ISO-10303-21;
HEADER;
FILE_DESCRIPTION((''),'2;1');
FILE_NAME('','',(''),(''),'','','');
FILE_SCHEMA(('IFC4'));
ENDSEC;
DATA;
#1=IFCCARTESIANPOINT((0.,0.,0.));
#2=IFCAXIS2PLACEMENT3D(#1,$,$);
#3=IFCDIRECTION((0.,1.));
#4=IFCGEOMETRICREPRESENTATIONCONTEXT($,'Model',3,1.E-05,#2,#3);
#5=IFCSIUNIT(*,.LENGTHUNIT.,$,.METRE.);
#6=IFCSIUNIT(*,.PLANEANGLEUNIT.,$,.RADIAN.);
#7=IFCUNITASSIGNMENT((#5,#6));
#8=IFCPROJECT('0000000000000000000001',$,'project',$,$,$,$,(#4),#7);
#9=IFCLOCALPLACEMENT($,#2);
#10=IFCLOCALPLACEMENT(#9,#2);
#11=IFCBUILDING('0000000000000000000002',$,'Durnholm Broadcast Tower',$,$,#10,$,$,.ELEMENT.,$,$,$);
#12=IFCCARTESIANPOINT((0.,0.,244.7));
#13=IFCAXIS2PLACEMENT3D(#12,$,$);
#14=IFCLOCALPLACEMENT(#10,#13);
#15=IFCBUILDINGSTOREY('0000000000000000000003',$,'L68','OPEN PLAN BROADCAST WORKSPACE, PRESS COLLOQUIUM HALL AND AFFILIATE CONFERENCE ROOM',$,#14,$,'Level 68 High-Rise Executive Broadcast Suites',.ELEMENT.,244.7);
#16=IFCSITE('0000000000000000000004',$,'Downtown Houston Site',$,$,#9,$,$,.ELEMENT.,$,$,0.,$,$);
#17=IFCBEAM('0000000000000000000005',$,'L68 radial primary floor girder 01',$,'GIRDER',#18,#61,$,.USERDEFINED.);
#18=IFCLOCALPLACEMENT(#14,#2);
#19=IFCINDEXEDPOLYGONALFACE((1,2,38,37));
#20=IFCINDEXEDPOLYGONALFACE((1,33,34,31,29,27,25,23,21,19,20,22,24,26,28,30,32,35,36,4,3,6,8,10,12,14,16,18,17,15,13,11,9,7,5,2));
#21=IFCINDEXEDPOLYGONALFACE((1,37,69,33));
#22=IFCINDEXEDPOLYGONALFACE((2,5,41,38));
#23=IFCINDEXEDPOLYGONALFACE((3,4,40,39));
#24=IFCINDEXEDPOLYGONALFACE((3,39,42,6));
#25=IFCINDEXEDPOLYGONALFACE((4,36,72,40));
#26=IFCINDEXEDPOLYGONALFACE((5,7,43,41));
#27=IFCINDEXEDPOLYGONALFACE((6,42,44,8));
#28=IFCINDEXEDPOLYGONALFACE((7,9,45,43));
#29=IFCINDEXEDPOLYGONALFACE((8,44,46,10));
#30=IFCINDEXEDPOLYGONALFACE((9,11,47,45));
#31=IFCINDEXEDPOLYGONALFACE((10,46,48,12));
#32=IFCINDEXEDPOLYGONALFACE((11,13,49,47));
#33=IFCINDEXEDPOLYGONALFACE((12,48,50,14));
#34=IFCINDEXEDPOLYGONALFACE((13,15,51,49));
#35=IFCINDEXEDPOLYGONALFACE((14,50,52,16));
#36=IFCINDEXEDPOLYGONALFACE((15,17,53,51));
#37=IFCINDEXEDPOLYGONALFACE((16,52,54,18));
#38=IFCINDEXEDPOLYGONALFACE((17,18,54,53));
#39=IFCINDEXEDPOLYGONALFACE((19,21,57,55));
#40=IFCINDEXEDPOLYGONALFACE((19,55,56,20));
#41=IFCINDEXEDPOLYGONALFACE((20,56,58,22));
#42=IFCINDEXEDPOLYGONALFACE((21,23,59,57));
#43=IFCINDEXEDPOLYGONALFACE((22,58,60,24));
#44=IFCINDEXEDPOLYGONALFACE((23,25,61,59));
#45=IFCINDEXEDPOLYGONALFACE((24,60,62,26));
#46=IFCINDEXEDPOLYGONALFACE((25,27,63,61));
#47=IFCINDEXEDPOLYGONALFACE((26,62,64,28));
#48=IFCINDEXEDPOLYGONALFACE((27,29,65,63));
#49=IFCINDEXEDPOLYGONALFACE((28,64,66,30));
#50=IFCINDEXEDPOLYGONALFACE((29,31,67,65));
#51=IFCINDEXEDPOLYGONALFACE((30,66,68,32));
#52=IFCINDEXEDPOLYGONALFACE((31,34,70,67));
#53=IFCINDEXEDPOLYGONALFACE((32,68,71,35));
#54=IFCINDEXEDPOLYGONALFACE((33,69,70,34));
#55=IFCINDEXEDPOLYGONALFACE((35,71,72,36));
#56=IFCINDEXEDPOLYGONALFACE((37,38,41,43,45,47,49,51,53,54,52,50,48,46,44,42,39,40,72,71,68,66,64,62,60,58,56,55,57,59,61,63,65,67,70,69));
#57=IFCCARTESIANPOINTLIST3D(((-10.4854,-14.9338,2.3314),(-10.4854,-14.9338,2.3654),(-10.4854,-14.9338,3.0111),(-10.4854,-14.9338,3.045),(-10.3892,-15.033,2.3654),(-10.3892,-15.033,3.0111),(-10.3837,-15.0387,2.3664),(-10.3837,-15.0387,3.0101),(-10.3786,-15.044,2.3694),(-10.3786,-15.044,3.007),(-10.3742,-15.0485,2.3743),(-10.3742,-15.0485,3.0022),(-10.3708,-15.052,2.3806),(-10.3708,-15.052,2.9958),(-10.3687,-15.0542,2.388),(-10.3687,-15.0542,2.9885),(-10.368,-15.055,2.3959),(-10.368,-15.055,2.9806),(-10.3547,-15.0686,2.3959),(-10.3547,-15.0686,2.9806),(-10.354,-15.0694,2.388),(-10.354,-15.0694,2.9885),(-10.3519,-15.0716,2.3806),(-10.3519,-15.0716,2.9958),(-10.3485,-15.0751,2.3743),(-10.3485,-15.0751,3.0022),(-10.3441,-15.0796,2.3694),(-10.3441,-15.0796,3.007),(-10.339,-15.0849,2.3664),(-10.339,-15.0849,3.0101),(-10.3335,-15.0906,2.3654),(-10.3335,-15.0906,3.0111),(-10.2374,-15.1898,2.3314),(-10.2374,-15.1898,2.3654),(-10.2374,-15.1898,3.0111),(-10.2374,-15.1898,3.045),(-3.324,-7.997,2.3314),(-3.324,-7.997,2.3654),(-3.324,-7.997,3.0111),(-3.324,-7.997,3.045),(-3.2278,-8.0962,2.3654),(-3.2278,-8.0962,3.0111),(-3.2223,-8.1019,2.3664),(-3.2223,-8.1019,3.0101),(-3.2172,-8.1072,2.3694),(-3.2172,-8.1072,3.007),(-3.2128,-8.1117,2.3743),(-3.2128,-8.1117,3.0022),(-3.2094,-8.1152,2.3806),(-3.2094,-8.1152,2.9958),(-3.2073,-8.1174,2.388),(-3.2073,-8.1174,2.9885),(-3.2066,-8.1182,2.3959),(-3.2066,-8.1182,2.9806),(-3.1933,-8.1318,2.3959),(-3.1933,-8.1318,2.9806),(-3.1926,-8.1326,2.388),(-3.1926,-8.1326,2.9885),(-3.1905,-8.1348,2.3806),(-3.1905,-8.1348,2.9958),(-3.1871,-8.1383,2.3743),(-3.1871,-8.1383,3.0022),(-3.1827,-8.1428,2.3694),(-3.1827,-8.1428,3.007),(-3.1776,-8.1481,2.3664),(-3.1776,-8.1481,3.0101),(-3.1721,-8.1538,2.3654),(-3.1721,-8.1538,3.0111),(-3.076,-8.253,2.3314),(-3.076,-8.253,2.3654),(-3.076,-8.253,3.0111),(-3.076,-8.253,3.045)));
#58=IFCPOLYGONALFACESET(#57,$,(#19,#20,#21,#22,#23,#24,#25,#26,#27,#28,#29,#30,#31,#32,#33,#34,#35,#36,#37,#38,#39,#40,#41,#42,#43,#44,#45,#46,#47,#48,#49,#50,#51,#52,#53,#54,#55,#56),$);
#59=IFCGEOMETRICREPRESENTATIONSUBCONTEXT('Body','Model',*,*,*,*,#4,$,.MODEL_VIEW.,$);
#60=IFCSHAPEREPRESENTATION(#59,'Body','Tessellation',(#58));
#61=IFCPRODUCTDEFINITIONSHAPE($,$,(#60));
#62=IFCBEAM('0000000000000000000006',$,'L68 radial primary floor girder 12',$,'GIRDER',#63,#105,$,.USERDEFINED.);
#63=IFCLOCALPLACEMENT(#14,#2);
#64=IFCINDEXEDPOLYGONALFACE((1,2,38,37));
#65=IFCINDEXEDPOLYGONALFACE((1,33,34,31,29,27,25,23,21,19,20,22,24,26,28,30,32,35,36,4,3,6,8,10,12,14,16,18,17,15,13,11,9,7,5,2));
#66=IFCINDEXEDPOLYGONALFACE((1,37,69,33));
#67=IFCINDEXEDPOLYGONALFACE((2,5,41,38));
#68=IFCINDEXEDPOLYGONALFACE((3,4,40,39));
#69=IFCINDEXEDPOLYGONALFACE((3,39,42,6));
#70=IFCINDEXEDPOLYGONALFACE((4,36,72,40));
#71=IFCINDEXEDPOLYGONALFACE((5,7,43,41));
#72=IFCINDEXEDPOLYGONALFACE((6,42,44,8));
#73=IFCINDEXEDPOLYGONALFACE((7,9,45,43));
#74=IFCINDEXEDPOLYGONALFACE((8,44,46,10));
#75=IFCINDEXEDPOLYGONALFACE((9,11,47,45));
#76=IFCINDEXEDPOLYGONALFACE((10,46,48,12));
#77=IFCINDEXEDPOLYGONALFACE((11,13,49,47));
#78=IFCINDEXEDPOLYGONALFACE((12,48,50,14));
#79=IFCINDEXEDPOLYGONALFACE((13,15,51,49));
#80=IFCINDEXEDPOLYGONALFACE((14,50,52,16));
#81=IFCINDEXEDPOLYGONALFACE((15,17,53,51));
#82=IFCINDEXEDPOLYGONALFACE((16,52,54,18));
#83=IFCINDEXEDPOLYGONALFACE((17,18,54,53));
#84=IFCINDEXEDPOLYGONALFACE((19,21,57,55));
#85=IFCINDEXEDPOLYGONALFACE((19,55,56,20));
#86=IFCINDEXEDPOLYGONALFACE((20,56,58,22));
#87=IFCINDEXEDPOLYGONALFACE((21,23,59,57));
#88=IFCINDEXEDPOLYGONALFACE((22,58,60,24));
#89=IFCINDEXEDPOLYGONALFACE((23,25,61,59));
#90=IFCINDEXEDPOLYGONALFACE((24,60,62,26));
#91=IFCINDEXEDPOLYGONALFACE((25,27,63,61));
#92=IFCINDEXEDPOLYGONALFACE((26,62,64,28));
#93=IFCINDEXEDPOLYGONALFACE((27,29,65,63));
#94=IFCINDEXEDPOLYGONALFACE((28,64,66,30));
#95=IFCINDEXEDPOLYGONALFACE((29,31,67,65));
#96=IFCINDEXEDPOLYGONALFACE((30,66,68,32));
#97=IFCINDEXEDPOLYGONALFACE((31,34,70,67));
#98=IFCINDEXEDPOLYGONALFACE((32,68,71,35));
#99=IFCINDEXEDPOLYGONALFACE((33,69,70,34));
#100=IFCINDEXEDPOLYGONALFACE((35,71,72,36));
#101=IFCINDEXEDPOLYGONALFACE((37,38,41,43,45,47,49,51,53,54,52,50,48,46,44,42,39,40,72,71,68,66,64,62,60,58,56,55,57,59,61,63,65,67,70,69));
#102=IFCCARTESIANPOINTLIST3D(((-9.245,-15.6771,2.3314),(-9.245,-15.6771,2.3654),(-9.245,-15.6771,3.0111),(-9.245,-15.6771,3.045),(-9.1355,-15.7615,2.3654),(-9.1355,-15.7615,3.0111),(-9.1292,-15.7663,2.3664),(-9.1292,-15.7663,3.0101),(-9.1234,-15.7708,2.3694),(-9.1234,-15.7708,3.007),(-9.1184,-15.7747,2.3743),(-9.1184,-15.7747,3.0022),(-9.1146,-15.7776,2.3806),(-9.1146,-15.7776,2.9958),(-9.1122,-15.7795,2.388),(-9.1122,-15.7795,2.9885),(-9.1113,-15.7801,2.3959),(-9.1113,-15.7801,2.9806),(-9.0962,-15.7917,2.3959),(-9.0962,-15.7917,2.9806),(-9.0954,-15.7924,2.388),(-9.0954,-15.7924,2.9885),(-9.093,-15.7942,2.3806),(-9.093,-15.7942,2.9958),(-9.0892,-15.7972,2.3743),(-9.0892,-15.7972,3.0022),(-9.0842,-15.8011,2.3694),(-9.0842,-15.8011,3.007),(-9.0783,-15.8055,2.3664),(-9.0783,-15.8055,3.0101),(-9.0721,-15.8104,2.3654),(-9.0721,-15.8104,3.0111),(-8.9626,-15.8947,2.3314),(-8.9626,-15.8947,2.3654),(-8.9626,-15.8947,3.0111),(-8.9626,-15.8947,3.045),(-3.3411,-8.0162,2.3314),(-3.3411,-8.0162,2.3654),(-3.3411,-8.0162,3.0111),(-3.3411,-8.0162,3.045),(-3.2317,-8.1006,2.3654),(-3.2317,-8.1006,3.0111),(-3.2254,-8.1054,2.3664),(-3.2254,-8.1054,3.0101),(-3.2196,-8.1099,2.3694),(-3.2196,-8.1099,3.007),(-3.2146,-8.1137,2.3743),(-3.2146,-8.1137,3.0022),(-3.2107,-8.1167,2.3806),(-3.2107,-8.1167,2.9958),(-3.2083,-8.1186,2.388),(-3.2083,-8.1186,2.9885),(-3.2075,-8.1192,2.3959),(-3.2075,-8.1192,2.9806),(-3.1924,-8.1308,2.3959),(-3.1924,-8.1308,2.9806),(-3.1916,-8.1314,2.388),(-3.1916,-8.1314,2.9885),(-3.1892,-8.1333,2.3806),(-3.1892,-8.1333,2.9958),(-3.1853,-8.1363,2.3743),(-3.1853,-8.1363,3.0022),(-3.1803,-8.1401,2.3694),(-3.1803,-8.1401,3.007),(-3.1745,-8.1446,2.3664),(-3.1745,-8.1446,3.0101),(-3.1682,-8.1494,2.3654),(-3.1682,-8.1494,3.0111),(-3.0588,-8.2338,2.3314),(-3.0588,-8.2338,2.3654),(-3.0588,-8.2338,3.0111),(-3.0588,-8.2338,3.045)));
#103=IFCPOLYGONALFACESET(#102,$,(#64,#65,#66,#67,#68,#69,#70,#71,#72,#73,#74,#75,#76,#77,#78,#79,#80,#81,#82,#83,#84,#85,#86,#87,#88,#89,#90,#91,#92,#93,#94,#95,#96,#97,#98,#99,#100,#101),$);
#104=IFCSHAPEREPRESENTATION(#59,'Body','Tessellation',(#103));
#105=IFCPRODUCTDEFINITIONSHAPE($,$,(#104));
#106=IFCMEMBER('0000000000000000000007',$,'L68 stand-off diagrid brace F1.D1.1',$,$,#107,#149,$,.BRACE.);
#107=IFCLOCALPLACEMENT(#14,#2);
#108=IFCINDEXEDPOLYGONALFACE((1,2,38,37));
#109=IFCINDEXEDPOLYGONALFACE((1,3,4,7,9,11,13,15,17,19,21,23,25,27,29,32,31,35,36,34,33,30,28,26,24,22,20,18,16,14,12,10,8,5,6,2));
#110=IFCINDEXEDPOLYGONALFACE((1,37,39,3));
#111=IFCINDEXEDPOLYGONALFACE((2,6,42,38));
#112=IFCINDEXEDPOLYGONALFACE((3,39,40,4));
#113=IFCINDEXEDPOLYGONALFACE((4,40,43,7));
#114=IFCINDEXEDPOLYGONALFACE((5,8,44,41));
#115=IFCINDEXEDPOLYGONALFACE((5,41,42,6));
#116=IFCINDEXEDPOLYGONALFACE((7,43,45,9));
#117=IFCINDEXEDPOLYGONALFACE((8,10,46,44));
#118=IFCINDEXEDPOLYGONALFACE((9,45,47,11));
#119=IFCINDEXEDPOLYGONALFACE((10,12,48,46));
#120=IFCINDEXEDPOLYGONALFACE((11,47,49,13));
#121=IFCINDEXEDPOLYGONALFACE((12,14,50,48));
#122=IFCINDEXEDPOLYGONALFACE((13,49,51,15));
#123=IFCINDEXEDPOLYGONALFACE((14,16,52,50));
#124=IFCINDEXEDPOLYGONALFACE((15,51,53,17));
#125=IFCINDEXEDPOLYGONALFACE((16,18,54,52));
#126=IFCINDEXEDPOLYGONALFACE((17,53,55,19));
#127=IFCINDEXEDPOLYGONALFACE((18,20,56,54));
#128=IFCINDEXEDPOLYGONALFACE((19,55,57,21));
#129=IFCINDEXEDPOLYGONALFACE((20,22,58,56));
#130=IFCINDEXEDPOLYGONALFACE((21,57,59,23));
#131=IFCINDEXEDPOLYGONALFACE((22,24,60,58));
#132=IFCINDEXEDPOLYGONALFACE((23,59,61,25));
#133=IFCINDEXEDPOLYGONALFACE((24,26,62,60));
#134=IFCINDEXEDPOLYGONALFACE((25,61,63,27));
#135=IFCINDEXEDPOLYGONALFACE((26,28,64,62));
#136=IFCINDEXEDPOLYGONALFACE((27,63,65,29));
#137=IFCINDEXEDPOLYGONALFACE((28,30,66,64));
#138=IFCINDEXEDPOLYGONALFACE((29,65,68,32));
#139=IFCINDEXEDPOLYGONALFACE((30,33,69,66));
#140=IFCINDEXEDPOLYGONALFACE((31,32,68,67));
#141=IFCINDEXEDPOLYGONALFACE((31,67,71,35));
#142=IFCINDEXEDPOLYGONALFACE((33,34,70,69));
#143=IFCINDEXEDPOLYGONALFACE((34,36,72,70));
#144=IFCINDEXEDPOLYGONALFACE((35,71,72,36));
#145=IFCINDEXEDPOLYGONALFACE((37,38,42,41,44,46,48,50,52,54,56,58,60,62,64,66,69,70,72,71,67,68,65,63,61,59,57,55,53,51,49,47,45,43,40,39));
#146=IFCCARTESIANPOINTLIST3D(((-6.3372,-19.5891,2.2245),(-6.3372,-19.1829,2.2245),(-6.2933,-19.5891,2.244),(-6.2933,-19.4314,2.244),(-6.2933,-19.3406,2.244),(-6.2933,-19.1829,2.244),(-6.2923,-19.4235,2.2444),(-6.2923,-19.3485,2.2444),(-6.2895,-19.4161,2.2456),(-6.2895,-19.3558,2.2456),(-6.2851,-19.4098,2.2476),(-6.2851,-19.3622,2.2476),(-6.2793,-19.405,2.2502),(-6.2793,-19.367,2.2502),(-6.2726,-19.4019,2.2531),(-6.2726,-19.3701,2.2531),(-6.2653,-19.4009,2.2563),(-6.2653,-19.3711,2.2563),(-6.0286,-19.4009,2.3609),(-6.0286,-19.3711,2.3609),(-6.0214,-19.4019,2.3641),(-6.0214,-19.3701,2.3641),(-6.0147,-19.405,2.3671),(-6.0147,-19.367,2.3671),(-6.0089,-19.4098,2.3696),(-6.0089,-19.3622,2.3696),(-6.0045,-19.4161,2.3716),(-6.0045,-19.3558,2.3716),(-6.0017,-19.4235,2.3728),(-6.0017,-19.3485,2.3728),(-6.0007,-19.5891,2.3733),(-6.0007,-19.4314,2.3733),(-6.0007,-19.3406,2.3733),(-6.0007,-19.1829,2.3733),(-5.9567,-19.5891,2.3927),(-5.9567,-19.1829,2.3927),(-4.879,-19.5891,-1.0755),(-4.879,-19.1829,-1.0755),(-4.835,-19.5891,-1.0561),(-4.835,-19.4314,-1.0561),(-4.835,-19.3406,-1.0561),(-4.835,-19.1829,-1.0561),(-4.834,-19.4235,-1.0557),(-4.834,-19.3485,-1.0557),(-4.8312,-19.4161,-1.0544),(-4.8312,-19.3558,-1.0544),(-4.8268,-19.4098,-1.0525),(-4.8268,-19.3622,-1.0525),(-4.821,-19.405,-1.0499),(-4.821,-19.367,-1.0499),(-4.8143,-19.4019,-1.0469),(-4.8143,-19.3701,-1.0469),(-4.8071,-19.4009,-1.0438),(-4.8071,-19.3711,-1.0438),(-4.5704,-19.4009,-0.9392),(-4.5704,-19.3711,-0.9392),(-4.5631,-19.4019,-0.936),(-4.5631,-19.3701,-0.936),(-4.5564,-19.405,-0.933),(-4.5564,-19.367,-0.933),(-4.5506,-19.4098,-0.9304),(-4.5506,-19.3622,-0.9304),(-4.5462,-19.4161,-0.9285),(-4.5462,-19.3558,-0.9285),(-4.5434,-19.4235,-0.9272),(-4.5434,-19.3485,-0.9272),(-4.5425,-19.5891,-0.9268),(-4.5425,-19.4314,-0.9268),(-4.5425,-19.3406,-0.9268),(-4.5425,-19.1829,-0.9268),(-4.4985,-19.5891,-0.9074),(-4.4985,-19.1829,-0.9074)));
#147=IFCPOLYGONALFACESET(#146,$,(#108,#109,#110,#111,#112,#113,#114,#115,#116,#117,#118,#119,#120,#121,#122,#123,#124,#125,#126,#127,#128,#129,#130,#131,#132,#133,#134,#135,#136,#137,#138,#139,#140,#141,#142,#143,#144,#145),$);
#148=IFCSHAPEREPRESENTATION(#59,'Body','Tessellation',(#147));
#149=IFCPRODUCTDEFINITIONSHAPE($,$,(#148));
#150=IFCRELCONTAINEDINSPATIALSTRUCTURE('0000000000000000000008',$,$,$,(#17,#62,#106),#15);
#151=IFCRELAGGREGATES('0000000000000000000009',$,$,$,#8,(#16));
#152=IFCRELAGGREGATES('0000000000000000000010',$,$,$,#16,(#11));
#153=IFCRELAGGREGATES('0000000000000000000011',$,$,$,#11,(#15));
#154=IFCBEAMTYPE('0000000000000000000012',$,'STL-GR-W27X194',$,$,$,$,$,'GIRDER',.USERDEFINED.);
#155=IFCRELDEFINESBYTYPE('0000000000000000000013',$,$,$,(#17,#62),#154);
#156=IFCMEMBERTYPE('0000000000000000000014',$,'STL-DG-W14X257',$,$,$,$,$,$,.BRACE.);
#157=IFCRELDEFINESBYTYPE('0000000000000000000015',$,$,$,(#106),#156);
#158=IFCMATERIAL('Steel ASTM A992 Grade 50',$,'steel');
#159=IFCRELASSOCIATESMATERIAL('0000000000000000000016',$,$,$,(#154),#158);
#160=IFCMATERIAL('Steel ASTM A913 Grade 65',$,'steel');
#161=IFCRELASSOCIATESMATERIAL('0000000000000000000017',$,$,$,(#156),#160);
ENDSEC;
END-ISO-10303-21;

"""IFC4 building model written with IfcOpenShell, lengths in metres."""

from ifc_helpers import new_model, si_unit, direction, frame, origin, origin_2d, place, context, subcontext, project, spatial, i_section, extrude, source, transform, mapped, material, material_profile, profile_set, type_object, type_shapes, element, save


model = new_model("IFC4")

# Units and contexts
model_context = context("Model", 3, precision=1e-05, world=origin(), true_north=direction((0.0, 1.0)))
body_context = subcontext(model_context, "Body", "Model", "MODEL_VIEW")
ifc_project = project(units=[si_unit("LENGTHUNIT", "METRE"), si_unit("PLANEANGLEUNIT", "RADIAN")], contexts=[model_context])

# Site, building, storey
site_placement = place(None, origin())
site = spatial("IfcSite", under=ifc_project, at=site_placement, Name="Downtown Houston Site", CompositionType="ELEMENT", RefElevation=0.0)
building_placement = place(site_placement, origin())
building = spatial("IfcBuilding", under=site, at=building_placement, Name="Durnholm Broadcast Tower", CompositionType="ELEMENT")
storey_placement = place(building_placement, frame((0.0, 0.0, 244.7)))
storey = spatial("IfcBuildingStorey", under=building, at=storey_placement, Name="L68", Description="OPEN PLAN BROADCAST WORKSPACE, PRESS COLLOQUIUM HALL AND AFFILIATE CONFERENCE ROOM", LongName="Level 68 High-Rise Executive Broadcast Suites", CompositionType="ELEMENT", Elevation=244.7)

# Beams
ifc_material_1 = material(Name="Steel ASTM A992 Grade 50", Category="steel")
ifc_material_profile_1 = material_profile(ifc_material_1, i_section(OverallWidth=0.3564, OverallDepth=0.7136, WebThickness=0.019, FlangeThickness=0.0339, FilletRadius=0.0305, at=origin_2d()), Name="W27X194")
ifc_profile_set_1 = profile_set([ifc_material_profile_1], Name="Steel ASTM A992 Grade 50")
beam_type_1 = type_object("IfcBeamType", Name="STL-GR-W27X194", ElementType="GIRDER", PredefinedType="USERDEFINED", material=ifc_profile_set_1)
shared_shape_1 = source(origin(), body_context, "Body", "SweptSolid", [
    extrude(i_section(OverallWidth=0.3564, OverallDepth=0.7136, WebThickness=0.019, FlangeThickness=0.0339, FilletRadius=0.0305, at=origin_2d()), origin(), (0.0, 0.0, 1.0), 9.9702),
])
beam_1_placement = place(storey_placement, frame((-3.2, -8.125, 2.6882), z_axis=(-0.718281, -0.695753, 0.0), x_axis=(0.695753, -0.718281, 0.0)))
element("IfcBeam", 1, at=beam_1_placement, inside=storey, type_object=beam_type_1, Name="L68 radial primary floor girder 01", ObjectType="GIRDER", PredefinedType="USERDEFINED", context=body_context, shape_type="MappedRepresentation", body=[
    mapped(shared_shape_1, transform((0.0, 0.0, 0.0), x_axis=(1.0, 0.0, 0.0), y_axis=(0.0, 1.0, 0.0), z_axis=(0.0, 0.0, 1.0), scale=1.0)),
])
shared_shape_2 = source(origin(), body_context, "Body", "SweptSolid", [
    extrude(i_section(OverallWidth=0.3564, OverallDepth=0.7136, WebThickness=0.019, FlangeThickness=0.0339, FilletRadius=0.0305, at=origin_2d()), origin(), (0.0, 0.0, 1.0), 9.6719),
])
type_shapes(beam_type_1, [shared_shape_1, shared_shape_2])
beam_2_placement = place(storey_placement, frame((-3.2, -8.125, 2.6882), z_axis=(-0.610413, -0.792083, 0.0), x_axis=(0.792083, -0.610413, 0.0)))
element("IfcBeam", 2, at=beam_2_placement, inside=storey, type_object=beam_type_1, Name="L68 radial primary floor girder 12", ObjectType="GIRDER", PredefinedType="USERDEFINED", context=body_context, shape_type="MappedRepresentation", body=[
    mapped(shared_shape_2, transform((0.0, 0.0, 0.0), x_axis=(1.0, 0.0, 0.0), y_axis=(0.0, 1.0, 0.0), z_axis=(0.0, 0.0, 1.0), scale=1.0)),
])

# Member
ifc_material_2 = material(Name="Steel ASTM A913 Grade 65", Category="steel")
ifc_material_profile_2 = material_profile(ifc_material_2, i_section(OverallWidth=0.4062, OverallDepth=0.416, WebThickness=0.0298, FlangeThickness=0.0481, FilletRadius=0.0305, at=origin_2d()), Name="W14X257")
ifc_profile_set_2 = profile_set([ifc_material_profile_2], Name="Steel ASTM A913 Grade 65")
member_type_1 = type_object("IfcMemberType", Name="STL-DG-W14X257", PredefinedType="BRACE", material=ifc_profile_set_2)
shared_shape_3 = source(origin(), body_context, "Body", "SweptSolid", [
    extrude(i_section(OverallWidth=0.4062, OverallDepth=0.416, WebThickness=0.0298, FlangeThickness=0.0481, FilletRadius=0.0305, at=origin_2d()), origin(), (0.0, 0.0, 1.0), 3.6079),
])
member_1_placement = place(storey_placement, frame((-4.6887, -19.386, -0.9915), z_axis=(-0.404185, 0.0, 0.914677), x_axis=(0.0, -1.0, 0.0)))
element("IfcMember", 3, at=member_1_placement, inside=storey, type_object=member_type_1, Name="L68 stand-off diagrid brace F1.D1.1", PredefinedType="BRACE", context=body_context, shape_type="MappedRepresentation", body=[
    mapped(shared_shape_3, transform((0.0, 0.0, 0.0), x_axis=(1.0, 0.0, 0.0), y_axis=(0.0, 1.0, 0.0), z_axis=(0.0, 0.0, 1.0), scale=1.0)),
])

save(model, "model.ifc")
